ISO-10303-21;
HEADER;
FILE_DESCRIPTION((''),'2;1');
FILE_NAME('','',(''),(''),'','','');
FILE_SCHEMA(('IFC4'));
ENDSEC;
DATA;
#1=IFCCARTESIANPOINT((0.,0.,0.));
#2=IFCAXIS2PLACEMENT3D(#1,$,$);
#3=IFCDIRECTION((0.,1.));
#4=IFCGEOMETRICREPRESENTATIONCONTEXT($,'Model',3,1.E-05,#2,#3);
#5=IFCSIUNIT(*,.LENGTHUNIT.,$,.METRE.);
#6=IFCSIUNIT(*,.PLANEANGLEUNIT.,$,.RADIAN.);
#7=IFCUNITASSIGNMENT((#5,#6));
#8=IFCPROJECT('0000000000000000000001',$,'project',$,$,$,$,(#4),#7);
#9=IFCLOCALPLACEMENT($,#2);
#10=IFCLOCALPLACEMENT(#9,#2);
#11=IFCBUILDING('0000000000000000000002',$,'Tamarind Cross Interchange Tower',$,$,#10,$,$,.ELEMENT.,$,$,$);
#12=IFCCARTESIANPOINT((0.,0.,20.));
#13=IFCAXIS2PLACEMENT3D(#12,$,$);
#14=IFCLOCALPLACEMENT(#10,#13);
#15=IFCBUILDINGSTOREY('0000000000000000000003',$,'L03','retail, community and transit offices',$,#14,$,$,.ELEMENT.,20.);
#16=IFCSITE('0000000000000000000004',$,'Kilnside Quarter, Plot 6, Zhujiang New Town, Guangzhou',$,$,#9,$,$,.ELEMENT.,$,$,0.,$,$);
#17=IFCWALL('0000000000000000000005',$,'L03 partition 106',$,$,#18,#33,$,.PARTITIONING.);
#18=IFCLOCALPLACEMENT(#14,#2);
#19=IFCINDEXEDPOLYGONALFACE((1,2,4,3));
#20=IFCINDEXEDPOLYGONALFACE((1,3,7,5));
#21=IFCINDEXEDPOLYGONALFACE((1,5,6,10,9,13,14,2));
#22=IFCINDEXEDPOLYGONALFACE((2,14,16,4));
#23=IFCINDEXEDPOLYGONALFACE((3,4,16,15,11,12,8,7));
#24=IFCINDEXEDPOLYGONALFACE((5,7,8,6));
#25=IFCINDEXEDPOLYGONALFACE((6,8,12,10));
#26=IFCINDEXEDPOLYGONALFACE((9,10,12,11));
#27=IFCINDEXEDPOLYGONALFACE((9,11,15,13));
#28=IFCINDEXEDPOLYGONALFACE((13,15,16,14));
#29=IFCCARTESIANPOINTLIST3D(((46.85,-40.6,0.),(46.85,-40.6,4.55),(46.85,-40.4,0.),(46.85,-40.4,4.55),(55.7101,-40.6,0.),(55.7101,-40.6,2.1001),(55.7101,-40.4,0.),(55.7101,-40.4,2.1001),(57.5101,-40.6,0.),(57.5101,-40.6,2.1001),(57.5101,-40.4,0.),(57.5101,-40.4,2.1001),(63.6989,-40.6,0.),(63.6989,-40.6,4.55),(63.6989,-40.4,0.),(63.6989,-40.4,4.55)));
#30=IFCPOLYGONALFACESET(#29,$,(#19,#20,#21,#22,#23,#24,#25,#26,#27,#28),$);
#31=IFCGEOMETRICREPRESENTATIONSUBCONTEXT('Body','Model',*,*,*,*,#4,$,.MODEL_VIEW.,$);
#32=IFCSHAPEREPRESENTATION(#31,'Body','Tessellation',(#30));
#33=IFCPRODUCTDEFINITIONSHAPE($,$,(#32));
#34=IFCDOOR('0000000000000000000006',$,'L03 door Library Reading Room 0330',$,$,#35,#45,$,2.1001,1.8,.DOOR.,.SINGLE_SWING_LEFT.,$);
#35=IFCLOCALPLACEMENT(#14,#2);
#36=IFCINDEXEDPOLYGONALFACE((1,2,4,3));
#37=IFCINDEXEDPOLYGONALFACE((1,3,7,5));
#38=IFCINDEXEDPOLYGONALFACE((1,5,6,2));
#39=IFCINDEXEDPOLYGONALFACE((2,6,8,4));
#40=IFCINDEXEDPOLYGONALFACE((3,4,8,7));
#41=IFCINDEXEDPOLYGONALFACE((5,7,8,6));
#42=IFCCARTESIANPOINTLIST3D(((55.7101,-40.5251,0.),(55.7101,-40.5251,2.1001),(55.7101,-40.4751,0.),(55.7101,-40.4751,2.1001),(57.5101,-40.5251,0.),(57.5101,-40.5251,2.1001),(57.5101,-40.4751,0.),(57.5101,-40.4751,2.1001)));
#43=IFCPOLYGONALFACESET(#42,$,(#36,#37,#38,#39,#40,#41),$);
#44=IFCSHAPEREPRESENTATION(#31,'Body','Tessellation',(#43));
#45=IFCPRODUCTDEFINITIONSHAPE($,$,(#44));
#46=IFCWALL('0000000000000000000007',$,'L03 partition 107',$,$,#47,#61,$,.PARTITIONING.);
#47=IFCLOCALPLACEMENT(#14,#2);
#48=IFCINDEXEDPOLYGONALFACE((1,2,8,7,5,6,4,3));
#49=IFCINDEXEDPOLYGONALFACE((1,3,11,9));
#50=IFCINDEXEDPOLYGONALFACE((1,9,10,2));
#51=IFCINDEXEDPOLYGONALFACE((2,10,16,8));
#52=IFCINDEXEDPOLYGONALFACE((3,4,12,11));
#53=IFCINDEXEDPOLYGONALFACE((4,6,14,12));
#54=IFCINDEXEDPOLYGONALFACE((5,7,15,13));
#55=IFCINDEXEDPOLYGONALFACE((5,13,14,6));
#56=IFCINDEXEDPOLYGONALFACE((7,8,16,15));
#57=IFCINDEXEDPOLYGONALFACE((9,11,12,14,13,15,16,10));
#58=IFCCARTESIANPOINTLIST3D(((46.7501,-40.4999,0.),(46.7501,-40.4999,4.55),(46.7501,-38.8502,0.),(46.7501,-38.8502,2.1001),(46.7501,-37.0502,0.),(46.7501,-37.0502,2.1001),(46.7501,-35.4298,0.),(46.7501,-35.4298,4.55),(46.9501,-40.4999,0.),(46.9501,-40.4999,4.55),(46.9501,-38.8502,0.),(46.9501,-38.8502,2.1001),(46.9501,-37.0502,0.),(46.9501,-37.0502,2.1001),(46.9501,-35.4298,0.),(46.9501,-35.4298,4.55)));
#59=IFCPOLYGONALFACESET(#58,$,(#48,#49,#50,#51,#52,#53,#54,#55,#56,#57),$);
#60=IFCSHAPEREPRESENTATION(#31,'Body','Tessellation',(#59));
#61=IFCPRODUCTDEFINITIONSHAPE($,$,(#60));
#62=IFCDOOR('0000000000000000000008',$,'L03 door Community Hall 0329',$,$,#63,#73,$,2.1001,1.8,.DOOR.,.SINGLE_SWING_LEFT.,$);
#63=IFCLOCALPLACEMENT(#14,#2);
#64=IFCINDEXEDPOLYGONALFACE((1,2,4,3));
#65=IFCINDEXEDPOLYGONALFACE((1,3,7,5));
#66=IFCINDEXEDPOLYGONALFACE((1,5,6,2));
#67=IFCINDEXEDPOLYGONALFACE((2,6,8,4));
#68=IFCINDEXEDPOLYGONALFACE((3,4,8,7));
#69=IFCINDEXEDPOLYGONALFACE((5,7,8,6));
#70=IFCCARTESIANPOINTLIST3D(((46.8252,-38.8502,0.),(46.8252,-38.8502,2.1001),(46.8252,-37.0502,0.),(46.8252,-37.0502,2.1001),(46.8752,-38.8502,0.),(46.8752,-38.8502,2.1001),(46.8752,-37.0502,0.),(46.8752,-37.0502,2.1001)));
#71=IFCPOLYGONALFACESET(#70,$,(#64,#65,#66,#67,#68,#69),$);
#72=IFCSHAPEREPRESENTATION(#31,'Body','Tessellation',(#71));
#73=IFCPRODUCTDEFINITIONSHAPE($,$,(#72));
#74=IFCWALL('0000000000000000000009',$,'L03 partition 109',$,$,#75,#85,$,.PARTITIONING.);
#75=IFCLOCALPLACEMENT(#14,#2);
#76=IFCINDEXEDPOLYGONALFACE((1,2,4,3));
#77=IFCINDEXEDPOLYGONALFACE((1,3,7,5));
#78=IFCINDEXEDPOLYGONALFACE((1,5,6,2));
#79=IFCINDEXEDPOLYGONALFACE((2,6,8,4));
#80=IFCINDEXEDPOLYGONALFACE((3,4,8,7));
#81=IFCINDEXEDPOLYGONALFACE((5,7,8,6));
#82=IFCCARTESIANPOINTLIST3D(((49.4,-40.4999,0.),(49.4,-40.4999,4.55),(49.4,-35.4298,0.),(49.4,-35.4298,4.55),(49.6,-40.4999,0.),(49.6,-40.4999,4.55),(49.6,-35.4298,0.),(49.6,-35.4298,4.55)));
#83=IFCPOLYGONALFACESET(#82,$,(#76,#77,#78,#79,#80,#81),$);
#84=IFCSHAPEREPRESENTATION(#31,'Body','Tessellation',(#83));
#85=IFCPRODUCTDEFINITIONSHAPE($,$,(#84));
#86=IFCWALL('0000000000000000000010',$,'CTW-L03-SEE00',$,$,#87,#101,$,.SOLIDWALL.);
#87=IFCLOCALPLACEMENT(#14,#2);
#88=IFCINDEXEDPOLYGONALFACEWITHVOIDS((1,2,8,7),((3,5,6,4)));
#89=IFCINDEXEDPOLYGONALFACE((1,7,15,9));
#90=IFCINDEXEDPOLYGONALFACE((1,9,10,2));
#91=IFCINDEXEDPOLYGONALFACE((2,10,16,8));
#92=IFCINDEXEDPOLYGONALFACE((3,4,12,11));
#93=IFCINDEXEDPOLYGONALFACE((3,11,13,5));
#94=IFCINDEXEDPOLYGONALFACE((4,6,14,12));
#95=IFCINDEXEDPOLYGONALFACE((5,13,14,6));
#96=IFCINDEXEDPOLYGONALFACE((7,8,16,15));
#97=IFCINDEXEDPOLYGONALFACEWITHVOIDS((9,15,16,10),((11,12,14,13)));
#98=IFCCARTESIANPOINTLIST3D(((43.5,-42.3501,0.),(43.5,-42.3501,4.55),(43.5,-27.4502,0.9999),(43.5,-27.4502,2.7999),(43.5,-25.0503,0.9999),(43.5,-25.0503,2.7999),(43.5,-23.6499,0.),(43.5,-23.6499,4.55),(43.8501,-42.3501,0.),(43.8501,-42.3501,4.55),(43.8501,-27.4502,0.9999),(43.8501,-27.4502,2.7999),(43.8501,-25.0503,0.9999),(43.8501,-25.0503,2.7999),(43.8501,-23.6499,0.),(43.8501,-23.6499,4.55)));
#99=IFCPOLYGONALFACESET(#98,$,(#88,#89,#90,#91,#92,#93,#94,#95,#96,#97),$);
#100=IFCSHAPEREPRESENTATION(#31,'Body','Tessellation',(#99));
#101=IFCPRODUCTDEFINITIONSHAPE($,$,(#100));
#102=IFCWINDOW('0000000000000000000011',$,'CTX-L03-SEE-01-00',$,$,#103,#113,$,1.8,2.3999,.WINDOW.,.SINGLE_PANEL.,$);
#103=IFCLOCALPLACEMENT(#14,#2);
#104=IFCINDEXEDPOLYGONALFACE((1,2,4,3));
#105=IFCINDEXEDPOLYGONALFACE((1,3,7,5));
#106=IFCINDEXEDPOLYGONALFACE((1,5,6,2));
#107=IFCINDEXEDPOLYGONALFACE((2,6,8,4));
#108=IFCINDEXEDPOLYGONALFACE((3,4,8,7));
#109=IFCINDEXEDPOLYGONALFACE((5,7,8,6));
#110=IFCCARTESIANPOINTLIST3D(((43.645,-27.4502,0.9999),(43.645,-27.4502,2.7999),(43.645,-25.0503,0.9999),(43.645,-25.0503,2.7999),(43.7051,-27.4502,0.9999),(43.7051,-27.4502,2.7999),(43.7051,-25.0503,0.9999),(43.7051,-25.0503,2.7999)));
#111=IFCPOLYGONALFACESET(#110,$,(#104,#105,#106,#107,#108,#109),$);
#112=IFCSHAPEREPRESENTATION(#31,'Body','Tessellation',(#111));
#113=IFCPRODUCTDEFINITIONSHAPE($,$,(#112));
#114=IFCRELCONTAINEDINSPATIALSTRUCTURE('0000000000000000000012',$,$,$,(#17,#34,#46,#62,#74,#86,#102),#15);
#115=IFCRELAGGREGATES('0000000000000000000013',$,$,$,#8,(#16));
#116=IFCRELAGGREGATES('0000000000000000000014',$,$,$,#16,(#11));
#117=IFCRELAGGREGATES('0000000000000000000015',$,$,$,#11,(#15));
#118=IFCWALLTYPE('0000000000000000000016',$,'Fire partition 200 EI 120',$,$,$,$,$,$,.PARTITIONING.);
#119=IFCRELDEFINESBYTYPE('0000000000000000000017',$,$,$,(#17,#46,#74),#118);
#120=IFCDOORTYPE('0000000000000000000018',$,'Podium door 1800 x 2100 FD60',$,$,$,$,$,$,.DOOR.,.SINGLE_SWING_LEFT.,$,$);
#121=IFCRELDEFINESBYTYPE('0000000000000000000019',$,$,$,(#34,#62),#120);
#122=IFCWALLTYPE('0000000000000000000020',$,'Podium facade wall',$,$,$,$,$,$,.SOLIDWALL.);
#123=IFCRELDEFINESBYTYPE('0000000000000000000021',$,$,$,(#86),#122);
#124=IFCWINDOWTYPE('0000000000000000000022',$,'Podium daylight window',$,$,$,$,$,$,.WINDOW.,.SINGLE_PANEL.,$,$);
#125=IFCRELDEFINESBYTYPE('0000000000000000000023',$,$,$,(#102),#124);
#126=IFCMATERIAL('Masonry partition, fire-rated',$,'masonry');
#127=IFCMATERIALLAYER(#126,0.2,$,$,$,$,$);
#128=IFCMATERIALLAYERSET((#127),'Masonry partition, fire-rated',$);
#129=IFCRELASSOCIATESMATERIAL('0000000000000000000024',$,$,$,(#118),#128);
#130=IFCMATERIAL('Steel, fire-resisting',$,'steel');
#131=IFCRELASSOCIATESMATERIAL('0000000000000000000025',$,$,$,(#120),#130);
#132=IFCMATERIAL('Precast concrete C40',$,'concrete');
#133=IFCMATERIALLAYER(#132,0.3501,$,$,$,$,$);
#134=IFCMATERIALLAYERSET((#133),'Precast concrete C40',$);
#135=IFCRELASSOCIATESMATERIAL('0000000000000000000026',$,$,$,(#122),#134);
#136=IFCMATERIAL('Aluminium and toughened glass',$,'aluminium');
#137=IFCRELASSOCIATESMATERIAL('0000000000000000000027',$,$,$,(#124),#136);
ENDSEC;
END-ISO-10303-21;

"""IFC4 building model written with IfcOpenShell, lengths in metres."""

from ifc_helpers import new_model, si_unit, direction, frame, frame_2d, origin, place, context, subcontext, project, spatial, rectangle, extrude, material, layer, layer_set, type_object, element, fill, save


model = new_model("IFC4")

# Units and contexts
model_context = context("Model", 3, precision=1e-05, world=origin(), true_north=direction((0.0, 1.0)))
body_context = subcontext(model_context, "Body", "Model", "MODEL_VIEW")
ifc_project = project(units=[si_unit("LENGTHUNIT", "METRE"), si_unit("PLANEANGLEUNIT", "RADIAN")], contexts=[model_context])

# Site, building, storey
site_placement = place(None, origin())
site = spatial("IfcSite", under=ifc_project, at=site_placement, Name="Kilnside Quarter, Plot 6, Zhujiang New Town, Guangzhou", CompositionType="ELEMENT", RefElevation=0.0)
building_placement = place(site_placement, origin())
building = spatial("IfcBuilding", under=site, at=building_placement, Name="Tamarind Cross Interchange Tower", CompositionType="ELEMENT")
storey_placement = place(building_placement, frame((0.0, 0.0, 20.0)))
storey = spatial("IfcBuildingStorey", under=building, at=storey_placement, Name="L03", Description="retail, community and transit offices", CompositionType="ELEMENT", Elevation=20.0)

# Shared definitions
ifc_material_1 = material(Name="Masonry partition, fire-rated", Category="masonry")
ifc_layer_1 = layer(ifc_material_1, 0.2)
ifc_layer_set_1 = layer_set([ifc_layer_1], Name="Masonry partition, fire-rated")
wall_type_1 = type_object("IfcWallType", Name="Fire partition 200 EI 120", PredefinedType="PARTITIONING", material=ifc_layer_set_1)

# Walls, openings, doors
wall_1_placement = place(storey_placement, frame((46.8501, -40.5, 0.0), z_axis=(0.0, 0.0, 1.0), x_axis=(1.0, 0.0, 0.0)))
wall_1 = element("IfcWall", 1, at=wall_1_placement, inside=storey, type_object=wall_type_1, Name="L03 partition 106", PredefinedType="PARTITIONING", context=body_context, shape_type="SweptSolid", body=[
    extrude(rectangle(XDim=16.8489, YDim=0.2, at=frame_2d((8.4243, 0.0))), origin(), (0.0, 0.0, 1.0), 4.55),
])
opening_1_placement = place(wall_1_placement, frame((8.8601, 0.0, 0.0)))
opening_1 = element("IfcOpeningElement", 2, at=opening_1_placement, cuts=wall_1, PredefinedType="OPENING", context=body_context, shape_type="SweptSolid", body=[
    extrude(rectangle(XDim=1.8, YDim=2.1001, at=frame_2d((0.8999, 1.05))), frame((0.0, 0.1099, 0.0), z_axis=(0.0, -1.0, 0.0), x_axis=(1.0, 0.0, 0.0)), (0.0, 0.0, 1.0), 0.22),
])
ifc_material_2 = material(Name="Steel, fire-resisting", Category="steel")
door_type = type_object("IfcDoorType", Name="Podium door 1800 x 2100 FD60", OperationType="SINGLE_SWING_LEFT", PredefinedType="DOOR", material=ifc_material_2)
door_1_placement = place(opening_1_placement, origin())
door_1 = element("IfcDoor", 3, at=door_1_placement, inside=storey, type_object=door_type, Name="L03 door Library Reading Room 0330", OperationType="SINGLE_SWING_LEFT", OverallHeight=2.1001, OverallWidth=1.8, PredefinedType="DOOR", context=body_context, shape_type="SweptSolid", body=[
    extrude(rectangle(XDim=1.8, YDim=2.1001, at=frame_2d((0.8999, 1.05))), frame((0.0, 0.0249, 0.0), z_axis=(0.0, -1.0, 0.0), x_axis=(1.0, 0.0, 0.0)), (0.0, 0.0, 1.0), 0.05),
])
fill(opening_1, door_1)
wall_2_placement = place(storey_placement, frame((46.8501, -40.5, 0.0), z_axis=(0.0, 0.0, 1.0), x_axis=(0.0, 1.0, 0.0)))
wall_2 = element("IfcWall", 4, at=wall_2_placement, inside=storey, type_object=wall_type_1, Name="L03 partition 107", PredefinedType="PARTITIONING", context=body_context, shape_type="SweptSolid", body=[
    extrude(rectangle(XDim=5.0701, YDim=0.2, at=frame_2d((2.5352, 0.0))), origin(), (0.0, 0.0, 1.0), 4.55),
])
opening_2_placement = place(wall_2_placement, frame((1.6499, 0.0, 0.0)))
opening_2 = element("IfcOpeningElement", 5, at=opening_2_placement, cuts=wall_2, PredefinedType="OPENING", context=body_context, shape_type="SweptSolid", body=[
    extrude(rectangle(XDim=1.8, YDim=2.1001, at=frame_2d((0.8999, 1.05))), frame((0.0, 0.1099, 0.0), z_axis=(0.0, -1.0, 0.0), x_axis=(1.0, 0.0, 0.0)), (0.0, 0.0, 1.0), 0.22),
])
door_2_placement = place(opening_2_placement, origin())
door_2 = element("IfcDoor", 6, at=door_2_placement, inside=storey, type_object=door_type, Name="L03 door Community Hall 0329", OperationType="SINGLE_SWING_LEFT", OverallHeight=2.1001, OverallWidth=1.8, PredefinedType="DOOR", context=body_context, shape_type="SweptSolid", body=[
    extrude(rectangle(XDim=1.8, YDim=2.1001, at=frame_2d((0.8999, 1.05))), frame((0.0, 0.0249, 0.0), z_axis=(0.0, -1.0, 0.0), x_axis=(1.0, 0.0, 0.0)), (0.0, 0.0, 1.0), 0.05),
])
fill(opening_2, door_2)

# Wall
wall_3_placement = place(storey_placement, frame((49.5, -40.5, 0.0), z_axis=(0.0, 0.0, 1.0), x_axis=(0.0, 1.0, 0.0)))
element("IfcWall", 7, at=wall_3_placement, inside=storey, type_object=wall_type_1, Name="L03 partition 109", PredefinedType="PARTITIONING", context=body_context, shape_type="SweptSolid", body=[
    extrude(rectangle(XDim=5.0701, YDim=0.2, at=frame_2d((2.5352, 0.0))), origin(), (0.0, 0.0, 1.0), 4.55),
])

# Wall, opening, window
ifc_material_3 = material(Name="Precast concrete C40", Category="concrete")
ifc_layer_2 = layer(ifc_material_3, 0.3501)
ifc_layer_set_2 = layer_set([ifc_layer_2], Name="Precast concrete C40")
wall_type_2 = type_object("IfcWallType", Name="Podium facade wall", PredefinedType="SOLIDWALL", material=ifc_layer_set_2)
wall_4_placement = place(storey_placement, frame((43.675, -42.3501, 0.0), z_axis=(0.0, 0.0, 1.0), x_axis=(0.0, 1.0, 0.0)))
wall_4 = element("IfcWall", 8, at=wall_4_placement, inside=storey, type_object=wall_type_2, Name="CTW-L03-SEE00", PredefinedType="SOLIDWALL", context=body_context, shape_type="SweptSolid", body=[
    extrude(rectangle(XDim=18.7002, YDim=0.3501, at=frame_2d((9.3501, 0.0))), origin(), (0.0, 0.0, 1.0), 4.55),
])
opening_3_placement = place(wall_4_placement, frame((14.8999, 0.0, 1.0)))
opening_3 = element("IfcOpeningElement", 9, at=opening_3_placement, cuts=wall_4, PredefinedType="OPENING", context=body_context, shape_type="SweptSolid", body=[
    extrude(rectangle(XDim=2.3999, YDim=1.8, at=frame_2d((1.2, 0.8999))), frame((0.0, 0.1851, 0.0), z_axis=(0.0, -1.0, 0.0), x_axis=(1.0, 0.0, 0.0)), (0.0, 0.0, 1.0), 0.3701),
])
ifc_material_4 = material(Name="Aluminium and toughened glass", Category="aluminium")
window_type = type_object("IfcWindowType", Name="Podium daylight window", PartitioningType="SINGLE_PANEL", PredefinedType="WINDOW", material=ifc_material_4)
window_placement = place(opening_3_placement, origin())
window = element("IfcWindow", 10, at=window_placement, inside=storey, type_object=window_type, Name="CTX-L03-SEE-01-00", OverallHeight=1.8, OverallWidth=2.3999, PartitioningType="SINGLE_PANEL", PredefinedType="WINDOW", context=body_context, shape_type="SweptSolid", body=[
    extrude(rectangle(XDim=2.3999, YDim=1.8, at=frame_2d((1.2, 0.8999))), frame((0.0, 0.03, 0.0), z_axis=(0.0, -1.0, 0.0), x_axis=(1.0, 0.0, 0.0)), (0.0, 0.0, 1.0), 0.0601),
])
fill(opening_3, window)

save(model, "model.ifc")
